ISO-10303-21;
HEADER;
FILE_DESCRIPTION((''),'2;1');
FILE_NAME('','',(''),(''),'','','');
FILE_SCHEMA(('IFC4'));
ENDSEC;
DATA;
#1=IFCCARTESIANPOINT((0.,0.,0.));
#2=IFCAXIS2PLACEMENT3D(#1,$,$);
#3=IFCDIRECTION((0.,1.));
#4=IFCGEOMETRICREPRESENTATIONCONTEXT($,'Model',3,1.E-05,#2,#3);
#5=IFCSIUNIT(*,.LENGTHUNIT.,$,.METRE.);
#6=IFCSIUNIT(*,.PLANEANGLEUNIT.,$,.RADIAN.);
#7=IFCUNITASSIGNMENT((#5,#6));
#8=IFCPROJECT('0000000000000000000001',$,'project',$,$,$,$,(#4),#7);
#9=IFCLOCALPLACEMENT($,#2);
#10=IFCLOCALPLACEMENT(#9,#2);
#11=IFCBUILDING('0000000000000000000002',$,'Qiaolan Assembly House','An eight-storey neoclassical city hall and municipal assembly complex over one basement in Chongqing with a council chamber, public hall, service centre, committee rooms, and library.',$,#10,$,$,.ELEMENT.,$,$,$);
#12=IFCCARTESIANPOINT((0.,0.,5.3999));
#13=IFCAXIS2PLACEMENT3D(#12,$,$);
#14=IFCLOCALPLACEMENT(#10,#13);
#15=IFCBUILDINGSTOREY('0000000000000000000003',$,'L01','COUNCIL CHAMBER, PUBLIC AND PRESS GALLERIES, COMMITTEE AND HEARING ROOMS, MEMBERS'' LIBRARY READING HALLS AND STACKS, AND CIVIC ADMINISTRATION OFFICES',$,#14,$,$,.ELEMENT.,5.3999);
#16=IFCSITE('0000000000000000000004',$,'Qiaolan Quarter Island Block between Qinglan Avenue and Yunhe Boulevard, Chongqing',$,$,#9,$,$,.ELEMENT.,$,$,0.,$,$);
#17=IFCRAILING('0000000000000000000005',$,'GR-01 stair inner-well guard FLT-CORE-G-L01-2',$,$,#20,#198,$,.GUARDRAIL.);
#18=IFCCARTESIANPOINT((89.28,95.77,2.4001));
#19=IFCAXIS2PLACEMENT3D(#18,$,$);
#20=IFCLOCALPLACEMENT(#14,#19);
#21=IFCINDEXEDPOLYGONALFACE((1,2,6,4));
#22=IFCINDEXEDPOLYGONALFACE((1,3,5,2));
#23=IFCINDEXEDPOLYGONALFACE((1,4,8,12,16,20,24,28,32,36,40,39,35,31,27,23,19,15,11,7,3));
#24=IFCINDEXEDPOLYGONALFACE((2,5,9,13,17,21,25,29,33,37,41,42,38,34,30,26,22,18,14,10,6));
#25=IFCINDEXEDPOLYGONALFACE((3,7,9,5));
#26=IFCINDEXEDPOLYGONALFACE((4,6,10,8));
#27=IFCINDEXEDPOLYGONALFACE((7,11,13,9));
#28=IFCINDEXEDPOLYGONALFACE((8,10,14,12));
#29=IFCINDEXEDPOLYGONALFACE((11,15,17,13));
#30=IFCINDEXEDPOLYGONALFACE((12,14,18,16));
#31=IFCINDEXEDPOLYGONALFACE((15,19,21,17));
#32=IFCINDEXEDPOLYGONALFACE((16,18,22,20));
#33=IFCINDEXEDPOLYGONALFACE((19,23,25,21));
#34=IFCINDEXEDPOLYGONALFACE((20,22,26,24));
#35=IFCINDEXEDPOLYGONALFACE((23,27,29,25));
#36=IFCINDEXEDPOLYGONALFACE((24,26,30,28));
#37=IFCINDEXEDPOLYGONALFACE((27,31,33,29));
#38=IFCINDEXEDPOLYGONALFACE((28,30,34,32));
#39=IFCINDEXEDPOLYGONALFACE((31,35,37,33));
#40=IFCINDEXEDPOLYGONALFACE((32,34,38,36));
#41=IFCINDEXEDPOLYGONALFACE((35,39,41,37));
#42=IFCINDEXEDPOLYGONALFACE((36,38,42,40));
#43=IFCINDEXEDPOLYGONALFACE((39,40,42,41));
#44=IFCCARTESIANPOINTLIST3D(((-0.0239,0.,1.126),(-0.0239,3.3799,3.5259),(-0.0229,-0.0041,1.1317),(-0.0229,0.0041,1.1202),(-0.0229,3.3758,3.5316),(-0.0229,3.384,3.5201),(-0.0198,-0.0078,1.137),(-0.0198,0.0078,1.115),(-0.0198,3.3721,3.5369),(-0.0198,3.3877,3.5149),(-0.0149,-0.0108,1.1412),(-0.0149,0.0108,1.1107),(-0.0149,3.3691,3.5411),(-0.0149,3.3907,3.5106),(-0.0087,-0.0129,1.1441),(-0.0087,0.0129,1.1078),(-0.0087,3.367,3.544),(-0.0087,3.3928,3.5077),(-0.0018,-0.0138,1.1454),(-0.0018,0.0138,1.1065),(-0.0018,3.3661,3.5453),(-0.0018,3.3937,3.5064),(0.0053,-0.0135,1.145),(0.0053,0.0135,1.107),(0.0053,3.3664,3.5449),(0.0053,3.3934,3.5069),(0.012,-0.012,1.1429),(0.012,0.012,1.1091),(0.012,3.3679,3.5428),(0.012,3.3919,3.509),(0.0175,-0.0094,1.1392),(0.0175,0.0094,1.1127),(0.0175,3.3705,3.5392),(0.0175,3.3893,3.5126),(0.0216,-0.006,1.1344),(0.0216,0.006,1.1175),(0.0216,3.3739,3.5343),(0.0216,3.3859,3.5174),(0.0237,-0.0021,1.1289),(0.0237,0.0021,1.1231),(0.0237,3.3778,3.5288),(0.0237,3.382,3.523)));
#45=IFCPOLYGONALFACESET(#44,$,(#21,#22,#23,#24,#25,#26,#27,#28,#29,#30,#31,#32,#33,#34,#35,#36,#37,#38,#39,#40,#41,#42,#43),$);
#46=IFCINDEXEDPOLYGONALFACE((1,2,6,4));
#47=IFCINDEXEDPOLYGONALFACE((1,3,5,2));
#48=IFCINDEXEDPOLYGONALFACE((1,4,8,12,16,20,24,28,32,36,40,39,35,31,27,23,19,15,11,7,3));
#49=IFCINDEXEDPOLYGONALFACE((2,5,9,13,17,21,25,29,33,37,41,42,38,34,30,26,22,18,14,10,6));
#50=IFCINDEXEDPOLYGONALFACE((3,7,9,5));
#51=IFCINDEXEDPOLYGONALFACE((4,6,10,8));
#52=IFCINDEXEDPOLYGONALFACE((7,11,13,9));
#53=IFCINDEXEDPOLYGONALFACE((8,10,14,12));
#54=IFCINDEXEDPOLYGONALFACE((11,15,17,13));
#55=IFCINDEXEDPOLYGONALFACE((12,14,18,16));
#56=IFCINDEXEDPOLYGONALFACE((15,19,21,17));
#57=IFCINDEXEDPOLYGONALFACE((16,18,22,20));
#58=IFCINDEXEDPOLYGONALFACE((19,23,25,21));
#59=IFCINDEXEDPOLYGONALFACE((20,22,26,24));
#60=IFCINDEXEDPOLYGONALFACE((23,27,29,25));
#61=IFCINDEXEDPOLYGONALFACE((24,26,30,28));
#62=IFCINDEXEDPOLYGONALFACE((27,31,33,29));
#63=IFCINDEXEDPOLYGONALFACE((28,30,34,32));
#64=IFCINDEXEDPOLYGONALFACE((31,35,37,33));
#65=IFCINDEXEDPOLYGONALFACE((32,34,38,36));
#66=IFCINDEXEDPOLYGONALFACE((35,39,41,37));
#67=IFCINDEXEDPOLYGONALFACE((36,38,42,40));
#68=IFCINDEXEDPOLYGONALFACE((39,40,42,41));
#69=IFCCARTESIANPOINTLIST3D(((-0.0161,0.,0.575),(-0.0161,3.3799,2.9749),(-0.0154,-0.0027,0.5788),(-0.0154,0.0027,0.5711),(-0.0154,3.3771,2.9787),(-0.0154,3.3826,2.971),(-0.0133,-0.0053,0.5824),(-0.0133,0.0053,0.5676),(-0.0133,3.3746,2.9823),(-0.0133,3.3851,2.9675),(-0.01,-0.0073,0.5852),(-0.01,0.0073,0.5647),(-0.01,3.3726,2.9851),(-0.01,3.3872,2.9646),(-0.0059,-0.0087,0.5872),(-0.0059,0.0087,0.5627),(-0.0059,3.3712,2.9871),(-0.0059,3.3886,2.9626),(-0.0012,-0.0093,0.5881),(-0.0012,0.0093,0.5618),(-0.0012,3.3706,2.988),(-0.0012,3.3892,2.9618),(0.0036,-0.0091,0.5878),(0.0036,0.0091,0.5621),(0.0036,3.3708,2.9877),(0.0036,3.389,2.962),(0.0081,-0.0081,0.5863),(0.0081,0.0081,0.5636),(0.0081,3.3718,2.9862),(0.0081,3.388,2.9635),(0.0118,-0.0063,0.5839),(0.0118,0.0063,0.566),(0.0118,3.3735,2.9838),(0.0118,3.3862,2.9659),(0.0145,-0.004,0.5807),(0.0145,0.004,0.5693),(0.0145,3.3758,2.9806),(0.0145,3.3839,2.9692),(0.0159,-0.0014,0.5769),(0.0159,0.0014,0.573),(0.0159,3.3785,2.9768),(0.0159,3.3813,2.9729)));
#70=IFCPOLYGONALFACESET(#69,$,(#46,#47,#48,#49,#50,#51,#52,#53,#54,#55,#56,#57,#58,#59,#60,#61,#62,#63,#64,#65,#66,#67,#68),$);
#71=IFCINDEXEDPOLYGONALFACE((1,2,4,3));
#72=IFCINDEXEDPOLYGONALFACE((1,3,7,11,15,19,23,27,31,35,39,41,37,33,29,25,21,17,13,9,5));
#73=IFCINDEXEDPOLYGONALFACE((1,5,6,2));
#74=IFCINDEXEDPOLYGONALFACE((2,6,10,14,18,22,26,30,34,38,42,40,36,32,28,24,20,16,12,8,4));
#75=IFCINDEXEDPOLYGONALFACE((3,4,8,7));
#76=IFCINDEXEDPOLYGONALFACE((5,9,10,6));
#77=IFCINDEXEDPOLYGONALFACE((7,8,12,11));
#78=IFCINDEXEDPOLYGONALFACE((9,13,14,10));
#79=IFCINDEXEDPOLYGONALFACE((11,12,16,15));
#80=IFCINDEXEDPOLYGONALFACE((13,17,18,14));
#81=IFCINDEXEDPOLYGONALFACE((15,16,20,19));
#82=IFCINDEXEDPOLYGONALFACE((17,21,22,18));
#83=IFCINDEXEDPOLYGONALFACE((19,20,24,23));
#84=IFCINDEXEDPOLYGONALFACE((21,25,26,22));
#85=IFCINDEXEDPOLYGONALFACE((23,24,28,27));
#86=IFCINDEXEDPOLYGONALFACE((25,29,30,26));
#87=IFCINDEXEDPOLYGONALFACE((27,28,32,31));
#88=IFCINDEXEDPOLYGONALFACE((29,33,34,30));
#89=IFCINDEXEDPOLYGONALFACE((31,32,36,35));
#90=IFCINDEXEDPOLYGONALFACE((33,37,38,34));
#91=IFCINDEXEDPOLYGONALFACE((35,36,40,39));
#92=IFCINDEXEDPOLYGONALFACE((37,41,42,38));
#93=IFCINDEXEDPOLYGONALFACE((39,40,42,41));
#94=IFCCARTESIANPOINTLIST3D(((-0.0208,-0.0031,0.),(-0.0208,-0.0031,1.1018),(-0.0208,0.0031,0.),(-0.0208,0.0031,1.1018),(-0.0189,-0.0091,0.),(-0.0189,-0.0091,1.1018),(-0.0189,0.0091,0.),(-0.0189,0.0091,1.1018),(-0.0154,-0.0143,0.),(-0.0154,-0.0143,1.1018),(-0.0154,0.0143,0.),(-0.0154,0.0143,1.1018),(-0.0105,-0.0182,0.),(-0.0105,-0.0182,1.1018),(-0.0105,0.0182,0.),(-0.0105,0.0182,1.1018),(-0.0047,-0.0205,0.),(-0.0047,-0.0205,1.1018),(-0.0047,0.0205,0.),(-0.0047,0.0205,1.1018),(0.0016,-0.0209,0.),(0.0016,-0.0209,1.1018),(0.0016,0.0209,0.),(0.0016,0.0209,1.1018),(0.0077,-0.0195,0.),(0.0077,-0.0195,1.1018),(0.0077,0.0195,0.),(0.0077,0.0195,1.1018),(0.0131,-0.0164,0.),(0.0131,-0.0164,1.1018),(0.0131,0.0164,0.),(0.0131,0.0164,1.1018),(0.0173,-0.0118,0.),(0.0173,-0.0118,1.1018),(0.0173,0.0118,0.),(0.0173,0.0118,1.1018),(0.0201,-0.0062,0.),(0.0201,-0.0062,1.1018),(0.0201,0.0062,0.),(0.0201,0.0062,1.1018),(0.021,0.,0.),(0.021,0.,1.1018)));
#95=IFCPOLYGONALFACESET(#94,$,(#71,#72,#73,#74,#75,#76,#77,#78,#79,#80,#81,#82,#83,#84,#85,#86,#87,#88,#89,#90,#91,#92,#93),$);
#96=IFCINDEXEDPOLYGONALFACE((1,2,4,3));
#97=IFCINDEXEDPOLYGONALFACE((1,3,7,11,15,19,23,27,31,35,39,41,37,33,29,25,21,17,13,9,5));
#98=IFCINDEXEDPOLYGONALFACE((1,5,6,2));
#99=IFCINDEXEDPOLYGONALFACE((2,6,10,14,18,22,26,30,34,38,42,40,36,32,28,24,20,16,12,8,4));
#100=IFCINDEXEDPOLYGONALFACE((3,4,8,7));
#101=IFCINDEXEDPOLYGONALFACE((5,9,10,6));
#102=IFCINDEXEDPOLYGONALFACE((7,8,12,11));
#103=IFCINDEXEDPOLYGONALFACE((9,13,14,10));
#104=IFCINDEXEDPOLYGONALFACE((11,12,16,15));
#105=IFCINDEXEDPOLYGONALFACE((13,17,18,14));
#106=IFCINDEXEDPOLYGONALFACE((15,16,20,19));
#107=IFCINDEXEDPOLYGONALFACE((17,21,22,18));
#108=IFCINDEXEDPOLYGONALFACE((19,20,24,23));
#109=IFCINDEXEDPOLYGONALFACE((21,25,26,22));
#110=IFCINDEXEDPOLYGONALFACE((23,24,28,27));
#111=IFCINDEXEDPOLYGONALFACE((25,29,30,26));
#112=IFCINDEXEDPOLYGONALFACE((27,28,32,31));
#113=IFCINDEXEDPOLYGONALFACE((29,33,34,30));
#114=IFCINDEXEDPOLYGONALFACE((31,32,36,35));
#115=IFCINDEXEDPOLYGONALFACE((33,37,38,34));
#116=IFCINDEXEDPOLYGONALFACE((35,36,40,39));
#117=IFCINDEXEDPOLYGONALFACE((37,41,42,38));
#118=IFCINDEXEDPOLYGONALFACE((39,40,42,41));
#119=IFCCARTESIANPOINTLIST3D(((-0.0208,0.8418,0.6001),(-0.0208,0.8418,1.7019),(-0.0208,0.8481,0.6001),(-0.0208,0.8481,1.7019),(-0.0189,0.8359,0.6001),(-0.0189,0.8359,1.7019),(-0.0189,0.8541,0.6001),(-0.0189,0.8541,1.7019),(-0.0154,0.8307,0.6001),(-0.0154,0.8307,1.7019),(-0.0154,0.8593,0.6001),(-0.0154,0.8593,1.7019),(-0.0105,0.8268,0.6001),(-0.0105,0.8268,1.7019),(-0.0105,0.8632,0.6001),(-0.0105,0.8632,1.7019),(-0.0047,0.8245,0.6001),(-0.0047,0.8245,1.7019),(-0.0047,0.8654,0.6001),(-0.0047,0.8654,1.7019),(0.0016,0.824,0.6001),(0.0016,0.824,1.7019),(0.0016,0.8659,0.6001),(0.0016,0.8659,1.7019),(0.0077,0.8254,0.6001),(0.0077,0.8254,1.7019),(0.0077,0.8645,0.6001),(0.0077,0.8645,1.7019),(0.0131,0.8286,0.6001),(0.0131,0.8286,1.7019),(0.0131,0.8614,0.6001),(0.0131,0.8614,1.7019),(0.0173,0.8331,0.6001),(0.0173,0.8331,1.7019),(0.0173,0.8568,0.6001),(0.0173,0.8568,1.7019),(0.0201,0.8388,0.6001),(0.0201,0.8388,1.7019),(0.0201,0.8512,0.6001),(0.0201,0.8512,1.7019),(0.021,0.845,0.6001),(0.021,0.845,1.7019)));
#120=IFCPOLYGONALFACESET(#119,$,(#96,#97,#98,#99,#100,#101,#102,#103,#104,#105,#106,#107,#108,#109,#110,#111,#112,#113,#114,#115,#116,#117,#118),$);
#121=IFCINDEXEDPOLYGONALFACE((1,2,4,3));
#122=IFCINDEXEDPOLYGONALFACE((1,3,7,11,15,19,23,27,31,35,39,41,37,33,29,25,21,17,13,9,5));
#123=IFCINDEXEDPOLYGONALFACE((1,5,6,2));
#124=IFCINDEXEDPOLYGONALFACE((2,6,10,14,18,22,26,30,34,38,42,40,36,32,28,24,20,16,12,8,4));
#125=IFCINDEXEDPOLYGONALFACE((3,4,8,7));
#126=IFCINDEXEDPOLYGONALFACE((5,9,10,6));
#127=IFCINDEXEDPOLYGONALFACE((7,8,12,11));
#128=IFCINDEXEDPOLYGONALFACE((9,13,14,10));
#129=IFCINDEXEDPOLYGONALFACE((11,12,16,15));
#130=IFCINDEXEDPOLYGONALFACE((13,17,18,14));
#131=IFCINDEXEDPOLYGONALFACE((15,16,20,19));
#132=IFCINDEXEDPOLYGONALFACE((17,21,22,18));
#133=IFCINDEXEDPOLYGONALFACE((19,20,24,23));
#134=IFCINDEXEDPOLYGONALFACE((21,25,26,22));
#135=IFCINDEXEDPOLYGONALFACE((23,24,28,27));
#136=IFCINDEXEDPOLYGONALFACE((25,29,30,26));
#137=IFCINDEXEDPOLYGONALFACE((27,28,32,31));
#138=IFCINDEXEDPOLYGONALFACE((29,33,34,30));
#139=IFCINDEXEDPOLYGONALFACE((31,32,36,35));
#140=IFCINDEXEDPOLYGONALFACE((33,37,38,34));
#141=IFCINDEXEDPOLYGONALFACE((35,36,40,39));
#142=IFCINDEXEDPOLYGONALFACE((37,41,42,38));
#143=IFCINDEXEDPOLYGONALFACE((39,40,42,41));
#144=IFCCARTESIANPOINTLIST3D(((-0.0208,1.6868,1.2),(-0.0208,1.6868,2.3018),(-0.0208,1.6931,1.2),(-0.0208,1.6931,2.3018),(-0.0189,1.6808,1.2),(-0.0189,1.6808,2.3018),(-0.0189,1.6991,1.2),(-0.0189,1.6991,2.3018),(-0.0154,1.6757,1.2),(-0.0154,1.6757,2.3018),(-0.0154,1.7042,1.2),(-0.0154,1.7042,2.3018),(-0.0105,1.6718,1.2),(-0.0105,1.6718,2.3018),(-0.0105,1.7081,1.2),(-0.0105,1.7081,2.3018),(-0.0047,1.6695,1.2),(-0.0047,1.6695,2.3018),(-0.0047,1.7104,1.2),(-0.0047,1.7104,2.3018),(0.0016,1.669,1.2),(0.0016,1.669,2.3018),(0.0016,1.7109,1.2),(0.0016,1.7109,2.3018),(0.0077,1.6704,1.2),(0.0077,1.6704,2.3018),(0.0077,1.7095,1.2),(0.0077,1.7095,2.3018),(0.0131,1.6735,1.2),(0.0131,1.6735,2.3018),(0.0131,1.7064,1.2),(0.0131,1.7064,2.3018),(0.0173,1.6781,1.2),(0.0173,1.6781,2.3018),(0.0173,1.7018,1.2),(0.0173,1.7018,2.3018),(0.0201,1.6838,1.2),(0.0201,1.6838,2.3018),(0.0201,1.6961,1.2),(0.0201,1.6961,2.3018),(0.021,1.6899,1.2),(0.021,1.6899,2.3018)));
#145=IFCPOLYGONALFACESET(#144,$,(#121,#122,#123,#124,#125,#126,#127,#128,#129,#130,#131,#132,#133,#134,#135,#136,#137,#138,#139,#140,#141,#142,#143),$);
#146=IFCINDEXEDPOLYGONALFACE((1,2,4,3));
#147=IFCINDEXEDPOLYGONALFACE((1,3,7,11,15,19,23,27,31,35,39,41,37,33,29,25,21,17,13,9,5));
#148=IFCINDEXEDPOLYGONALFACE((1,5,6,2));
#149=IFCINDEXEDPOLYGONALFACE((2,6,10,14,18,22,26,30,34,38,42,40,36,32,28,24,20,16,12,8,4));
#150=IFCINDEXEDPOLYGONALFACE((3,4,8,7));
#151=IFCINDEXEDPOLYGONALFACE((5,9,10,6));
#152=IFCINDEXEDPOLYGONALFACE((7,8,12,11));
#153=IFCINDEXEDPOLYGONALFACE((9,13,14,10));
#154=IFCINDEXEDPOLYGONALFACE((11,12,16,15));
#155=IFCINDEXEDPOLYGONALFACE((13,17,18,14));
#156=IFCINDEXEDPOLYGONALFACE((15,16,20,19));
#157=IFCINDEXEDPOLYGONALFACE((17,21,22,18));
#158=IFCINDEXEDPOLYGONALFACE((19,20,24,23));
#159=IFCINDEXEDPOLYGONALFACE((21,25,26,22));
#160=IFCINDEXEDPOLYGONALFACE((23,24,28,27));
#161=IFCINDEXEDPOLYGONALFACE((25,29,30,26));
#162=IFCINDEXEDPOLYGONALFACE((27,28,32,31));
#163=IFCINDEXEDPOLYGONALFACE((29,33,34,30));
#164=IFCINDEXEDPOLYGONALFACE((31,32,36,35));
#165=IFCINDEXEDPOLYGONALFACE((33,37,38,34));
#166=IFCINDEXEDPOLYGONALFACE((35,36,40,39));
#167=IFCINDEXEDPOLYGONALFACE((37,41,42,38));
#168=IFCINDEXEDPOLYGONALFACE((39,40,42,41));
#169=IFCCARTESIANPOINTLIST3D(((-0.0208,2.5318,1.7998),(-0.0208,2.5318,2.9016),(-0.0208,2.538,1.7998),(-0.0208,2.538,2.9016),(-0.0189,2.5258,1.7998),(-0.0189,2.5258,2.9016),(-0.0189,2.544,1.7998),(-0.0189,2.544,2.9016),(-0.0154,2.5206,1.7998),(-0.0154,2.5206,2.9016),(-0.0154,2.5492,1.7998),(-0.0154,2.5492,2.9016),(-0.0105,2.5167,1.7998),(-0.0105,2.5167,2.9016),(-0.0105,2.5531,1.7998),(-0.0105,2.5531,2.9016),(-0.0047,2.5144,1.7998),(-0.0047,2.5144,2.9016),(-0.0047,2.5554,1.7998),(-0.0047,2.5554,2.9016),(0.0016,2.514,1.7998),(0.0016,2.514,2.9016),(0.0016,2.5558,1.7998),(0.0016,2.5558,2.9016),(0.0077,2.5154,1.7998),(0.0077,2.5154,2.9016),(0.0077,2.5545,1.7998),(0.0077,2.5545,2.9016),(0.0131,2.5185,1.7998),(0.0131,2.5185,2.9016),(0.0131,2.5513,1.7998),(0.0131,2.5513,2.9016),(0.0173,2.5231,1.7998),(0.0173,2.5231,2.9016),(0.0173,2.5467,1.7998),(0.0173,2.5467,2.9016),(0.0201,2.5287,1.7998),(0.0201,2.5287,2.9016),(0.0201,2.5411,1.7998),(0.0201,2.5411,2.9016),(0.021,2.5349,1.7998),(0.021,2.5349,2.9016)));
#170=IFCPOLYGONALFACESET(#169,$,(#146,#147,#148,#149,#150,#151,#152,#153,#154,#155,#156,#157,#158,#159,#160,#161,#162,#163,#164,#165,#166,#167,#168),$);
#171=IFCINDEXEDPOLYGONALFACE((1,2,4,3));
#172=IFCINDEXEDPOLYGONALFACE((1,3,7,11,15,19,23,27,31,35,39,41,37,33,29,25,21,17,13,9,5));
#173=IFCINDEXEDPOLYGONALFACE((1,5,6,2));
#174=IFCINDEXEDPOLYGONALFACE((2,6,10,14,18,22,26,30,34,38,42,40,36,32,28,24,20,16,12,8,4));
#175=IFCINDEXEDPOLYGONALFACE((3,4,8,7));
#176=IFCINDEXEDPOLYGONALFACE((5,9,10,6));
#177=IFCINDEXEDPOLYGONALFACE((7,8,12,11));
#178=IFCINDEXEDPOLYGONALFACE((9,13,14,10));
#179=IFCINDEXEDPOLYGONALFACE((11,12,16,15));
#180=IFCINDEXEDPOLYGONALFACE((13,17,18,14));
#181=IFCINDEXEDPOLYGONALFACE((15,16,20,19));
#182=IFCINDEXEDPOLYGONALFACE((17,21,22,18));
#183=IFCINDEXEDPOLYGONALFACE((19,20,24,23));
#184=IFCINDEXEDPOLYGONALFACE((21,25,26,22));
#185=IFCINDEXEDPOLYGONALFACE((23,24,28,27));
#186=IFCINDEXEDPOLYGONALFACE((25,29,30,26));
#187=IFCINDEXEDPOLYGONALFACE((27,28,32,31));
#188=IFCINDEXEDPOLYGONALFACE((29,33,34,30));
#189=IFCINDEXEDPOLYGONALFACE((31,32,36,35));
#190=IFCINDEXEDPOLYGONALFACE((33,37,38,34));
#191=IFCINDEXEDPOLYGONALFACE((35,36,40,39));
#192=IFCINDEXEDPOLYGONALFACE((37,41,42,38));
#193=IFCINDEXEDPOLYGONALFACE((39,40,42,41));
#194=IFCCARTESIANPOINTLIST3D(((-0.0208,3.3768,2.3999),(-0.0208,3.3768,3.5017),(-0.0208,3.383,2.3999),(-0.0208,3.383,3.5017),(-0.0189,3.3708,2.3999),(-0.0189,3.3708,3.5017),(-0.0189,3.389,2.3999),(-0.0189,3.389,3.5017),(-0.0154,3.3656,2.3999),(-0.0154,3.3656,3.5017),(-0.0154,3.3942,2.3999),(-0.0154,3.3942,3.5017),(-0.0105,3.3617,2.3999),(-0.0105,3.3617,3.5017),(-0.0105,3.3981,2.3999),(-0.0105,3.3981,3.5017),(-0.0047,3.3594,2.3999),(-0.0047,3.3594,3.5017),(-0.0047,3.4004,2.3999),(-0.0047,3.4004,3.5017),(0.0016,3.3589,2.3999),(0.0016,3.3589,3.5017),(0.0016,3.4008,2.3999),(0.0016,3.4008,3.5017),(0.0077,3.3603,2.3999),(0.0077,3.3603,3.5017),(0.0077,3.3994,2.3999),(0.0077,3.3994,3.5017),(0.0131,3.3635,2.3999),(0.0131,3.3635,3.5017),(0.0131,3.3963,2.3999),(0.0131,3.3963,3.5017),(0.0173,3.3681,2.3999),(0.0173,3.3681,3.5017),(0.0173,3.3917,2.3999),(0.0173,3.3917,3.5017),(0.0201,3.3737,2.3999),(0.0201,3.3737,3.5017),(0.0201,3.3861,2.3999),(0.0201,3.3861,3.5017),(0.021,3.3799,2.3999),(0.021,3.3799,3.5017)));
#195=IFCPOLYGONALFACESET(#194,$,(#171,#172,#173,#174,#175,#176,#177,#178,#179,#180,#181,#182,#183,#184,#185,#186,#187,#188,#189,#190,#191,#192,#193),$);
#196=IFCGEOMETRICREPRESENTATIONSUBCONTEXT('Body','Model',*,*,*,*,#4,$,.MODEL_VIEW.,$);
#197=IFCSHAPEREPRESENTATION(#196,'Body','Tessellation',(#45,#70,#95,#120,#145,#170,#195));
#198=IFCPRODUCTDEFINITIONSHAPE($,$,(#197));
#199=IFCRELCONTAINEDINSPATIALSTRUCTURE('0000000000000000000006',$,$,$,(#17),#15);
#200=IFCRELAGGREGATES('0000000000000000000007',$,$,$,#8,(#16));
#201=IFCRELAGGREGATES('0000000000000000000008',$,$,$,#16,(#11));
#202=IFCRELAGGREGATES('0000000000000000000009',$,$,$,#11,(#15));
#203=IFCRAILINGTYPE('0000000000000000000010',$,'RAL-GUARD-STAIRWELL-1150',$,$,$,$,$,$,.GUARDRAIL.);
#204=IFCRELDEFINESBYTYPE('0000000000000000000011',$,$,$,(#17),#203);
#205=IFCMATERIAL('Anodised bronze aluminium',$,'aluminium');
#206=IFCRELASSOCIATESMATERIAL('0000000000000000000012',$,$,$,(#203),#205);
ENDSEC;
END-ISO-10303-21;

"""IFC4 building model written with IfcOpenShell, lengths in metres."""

from ifc_helpers import new_model, si_unit, direction, frame, origin, origin_2d, place, context, subcontext, project, spatial, circle, extrude, material, type_object, element, save


model = new_model("IFC4")

# Units and contexts
model_context = context("Model", 3, precision=1e-05, world=origin(), true_north=direction((0.0, 1.0)))
body_context = subcontext(model_context, "Body", "Model", "MODEL_VIEW")
ifc_project = project(units=[si_unit("LENGTHUNIT", "METRE"), si_unit("PLANEANGLEUNIT", "RADIAN")], contexts=[model_context])

# Site, building, storey
site_placement = place(None, origin())
site = spatial("IfcSite", under=ifc_project, at=site_placement, Name="Qiaolan Quarter Island Block between Qinglan Avenue and Yunhe Boulevard, Chongqing", CompositionType="ELEMENT", RefElevation=0.0)
building_placement = place(site_placement, origin())
building = spatial("IfcBuilding", under=site, at=building_placement, Name="Qiaolan Assembly House", Description="An eight-storey neoclassical city hall and municipal assembly complex over one basement in Chongqing with a council chamber, public hall, service centre, committee rooms, and library.", CompositionType="ELEMENT")
storey_placement = place(building_placement, frame((0.0, 0.0, 5.3999)))
storey = spatial("IfcBuildingStorey", under=building, at=storey_placement, Name="L01", Description="COUNCIL CHAMBER, PUBLIC AND PRESS GALLERIES, COMMITTEE AND HEARING ROOMS, MEMBERS' LIBRARY READING HALLS AND STACKS, AND CIVIC ADMINISTRATION OFFICES", CompositionType="ELEMENT", Elevation=5.3999)

# Shared definitions
ifc_material_1 = material(Name="Anodised bronze aluminium", Category="aluminium")

# Railing
railing_type_1 = type_object("IfcRailingType", Name="RAL-GUARD-STAIRWELL-1150", PredefinedType="GUARDRAIL", material=ifc_material_1)
railing_1_placement = place(storey_placement, frame((89.28, 95.77, 2.4001)))
element("IfcRailing", 1, at=railing_1_placement, inside=storey, type_object=railing_type_1, Name="GR-01 stair inner-well guard FLT-CORE-G-L01-2", PredefinedType="GUARDRAIL", context=body_context, shape_type="SweptSolid", body=[
    extrude(circle(Radius=0.0239, at=origin_2d()), frame((0.0, 0.0, 1.126), z_axis=(0.0, 0.815362, 0.578952), x_axis=(-1.0, 0.0, 0.0)), (0.0, 0.0, 1.0), 4.1453),
    extrude(circle(Radius=0.0161, at=origin_2d()), frame((0.0, 0.0, 0.575), z_axis=(0.0, 0.815362, 0.578952), x_axis=(-1.0, 0.0, 0.0)), (0.0, 0.0, 1.0), 4.1453),
    extrude(circle(Radius=0.021, at=origin_2d()), origin(), (0.0, 0.0, 1.0), 1.1018),
    extrude(circle(Radius=0.021, at=origin_2d()), frame((0.0, 0.845, 0.6001)), (0.0, 0.0, 1.0), 1.1018),
    extrude(circle(Radius=0.021, at=origin_2d()), frame((0.0, 1.6899, 1.2)), (0.0, 0.0, 1.0), 1.1018),
    extrude(circle(Radius=0.021, at=origin_2d()), frame((0.0, 2.5349, 1.7998)), (0.0, 0.0, 1.0), 1.1018),
    extrude(circle(Radius=0.021, at=origin_2d()), frame((0.0, 3.3799, 2.3999)), (0.0, 0.0, 1.0), 1.1018),
])

save(model, "model.ifc")
